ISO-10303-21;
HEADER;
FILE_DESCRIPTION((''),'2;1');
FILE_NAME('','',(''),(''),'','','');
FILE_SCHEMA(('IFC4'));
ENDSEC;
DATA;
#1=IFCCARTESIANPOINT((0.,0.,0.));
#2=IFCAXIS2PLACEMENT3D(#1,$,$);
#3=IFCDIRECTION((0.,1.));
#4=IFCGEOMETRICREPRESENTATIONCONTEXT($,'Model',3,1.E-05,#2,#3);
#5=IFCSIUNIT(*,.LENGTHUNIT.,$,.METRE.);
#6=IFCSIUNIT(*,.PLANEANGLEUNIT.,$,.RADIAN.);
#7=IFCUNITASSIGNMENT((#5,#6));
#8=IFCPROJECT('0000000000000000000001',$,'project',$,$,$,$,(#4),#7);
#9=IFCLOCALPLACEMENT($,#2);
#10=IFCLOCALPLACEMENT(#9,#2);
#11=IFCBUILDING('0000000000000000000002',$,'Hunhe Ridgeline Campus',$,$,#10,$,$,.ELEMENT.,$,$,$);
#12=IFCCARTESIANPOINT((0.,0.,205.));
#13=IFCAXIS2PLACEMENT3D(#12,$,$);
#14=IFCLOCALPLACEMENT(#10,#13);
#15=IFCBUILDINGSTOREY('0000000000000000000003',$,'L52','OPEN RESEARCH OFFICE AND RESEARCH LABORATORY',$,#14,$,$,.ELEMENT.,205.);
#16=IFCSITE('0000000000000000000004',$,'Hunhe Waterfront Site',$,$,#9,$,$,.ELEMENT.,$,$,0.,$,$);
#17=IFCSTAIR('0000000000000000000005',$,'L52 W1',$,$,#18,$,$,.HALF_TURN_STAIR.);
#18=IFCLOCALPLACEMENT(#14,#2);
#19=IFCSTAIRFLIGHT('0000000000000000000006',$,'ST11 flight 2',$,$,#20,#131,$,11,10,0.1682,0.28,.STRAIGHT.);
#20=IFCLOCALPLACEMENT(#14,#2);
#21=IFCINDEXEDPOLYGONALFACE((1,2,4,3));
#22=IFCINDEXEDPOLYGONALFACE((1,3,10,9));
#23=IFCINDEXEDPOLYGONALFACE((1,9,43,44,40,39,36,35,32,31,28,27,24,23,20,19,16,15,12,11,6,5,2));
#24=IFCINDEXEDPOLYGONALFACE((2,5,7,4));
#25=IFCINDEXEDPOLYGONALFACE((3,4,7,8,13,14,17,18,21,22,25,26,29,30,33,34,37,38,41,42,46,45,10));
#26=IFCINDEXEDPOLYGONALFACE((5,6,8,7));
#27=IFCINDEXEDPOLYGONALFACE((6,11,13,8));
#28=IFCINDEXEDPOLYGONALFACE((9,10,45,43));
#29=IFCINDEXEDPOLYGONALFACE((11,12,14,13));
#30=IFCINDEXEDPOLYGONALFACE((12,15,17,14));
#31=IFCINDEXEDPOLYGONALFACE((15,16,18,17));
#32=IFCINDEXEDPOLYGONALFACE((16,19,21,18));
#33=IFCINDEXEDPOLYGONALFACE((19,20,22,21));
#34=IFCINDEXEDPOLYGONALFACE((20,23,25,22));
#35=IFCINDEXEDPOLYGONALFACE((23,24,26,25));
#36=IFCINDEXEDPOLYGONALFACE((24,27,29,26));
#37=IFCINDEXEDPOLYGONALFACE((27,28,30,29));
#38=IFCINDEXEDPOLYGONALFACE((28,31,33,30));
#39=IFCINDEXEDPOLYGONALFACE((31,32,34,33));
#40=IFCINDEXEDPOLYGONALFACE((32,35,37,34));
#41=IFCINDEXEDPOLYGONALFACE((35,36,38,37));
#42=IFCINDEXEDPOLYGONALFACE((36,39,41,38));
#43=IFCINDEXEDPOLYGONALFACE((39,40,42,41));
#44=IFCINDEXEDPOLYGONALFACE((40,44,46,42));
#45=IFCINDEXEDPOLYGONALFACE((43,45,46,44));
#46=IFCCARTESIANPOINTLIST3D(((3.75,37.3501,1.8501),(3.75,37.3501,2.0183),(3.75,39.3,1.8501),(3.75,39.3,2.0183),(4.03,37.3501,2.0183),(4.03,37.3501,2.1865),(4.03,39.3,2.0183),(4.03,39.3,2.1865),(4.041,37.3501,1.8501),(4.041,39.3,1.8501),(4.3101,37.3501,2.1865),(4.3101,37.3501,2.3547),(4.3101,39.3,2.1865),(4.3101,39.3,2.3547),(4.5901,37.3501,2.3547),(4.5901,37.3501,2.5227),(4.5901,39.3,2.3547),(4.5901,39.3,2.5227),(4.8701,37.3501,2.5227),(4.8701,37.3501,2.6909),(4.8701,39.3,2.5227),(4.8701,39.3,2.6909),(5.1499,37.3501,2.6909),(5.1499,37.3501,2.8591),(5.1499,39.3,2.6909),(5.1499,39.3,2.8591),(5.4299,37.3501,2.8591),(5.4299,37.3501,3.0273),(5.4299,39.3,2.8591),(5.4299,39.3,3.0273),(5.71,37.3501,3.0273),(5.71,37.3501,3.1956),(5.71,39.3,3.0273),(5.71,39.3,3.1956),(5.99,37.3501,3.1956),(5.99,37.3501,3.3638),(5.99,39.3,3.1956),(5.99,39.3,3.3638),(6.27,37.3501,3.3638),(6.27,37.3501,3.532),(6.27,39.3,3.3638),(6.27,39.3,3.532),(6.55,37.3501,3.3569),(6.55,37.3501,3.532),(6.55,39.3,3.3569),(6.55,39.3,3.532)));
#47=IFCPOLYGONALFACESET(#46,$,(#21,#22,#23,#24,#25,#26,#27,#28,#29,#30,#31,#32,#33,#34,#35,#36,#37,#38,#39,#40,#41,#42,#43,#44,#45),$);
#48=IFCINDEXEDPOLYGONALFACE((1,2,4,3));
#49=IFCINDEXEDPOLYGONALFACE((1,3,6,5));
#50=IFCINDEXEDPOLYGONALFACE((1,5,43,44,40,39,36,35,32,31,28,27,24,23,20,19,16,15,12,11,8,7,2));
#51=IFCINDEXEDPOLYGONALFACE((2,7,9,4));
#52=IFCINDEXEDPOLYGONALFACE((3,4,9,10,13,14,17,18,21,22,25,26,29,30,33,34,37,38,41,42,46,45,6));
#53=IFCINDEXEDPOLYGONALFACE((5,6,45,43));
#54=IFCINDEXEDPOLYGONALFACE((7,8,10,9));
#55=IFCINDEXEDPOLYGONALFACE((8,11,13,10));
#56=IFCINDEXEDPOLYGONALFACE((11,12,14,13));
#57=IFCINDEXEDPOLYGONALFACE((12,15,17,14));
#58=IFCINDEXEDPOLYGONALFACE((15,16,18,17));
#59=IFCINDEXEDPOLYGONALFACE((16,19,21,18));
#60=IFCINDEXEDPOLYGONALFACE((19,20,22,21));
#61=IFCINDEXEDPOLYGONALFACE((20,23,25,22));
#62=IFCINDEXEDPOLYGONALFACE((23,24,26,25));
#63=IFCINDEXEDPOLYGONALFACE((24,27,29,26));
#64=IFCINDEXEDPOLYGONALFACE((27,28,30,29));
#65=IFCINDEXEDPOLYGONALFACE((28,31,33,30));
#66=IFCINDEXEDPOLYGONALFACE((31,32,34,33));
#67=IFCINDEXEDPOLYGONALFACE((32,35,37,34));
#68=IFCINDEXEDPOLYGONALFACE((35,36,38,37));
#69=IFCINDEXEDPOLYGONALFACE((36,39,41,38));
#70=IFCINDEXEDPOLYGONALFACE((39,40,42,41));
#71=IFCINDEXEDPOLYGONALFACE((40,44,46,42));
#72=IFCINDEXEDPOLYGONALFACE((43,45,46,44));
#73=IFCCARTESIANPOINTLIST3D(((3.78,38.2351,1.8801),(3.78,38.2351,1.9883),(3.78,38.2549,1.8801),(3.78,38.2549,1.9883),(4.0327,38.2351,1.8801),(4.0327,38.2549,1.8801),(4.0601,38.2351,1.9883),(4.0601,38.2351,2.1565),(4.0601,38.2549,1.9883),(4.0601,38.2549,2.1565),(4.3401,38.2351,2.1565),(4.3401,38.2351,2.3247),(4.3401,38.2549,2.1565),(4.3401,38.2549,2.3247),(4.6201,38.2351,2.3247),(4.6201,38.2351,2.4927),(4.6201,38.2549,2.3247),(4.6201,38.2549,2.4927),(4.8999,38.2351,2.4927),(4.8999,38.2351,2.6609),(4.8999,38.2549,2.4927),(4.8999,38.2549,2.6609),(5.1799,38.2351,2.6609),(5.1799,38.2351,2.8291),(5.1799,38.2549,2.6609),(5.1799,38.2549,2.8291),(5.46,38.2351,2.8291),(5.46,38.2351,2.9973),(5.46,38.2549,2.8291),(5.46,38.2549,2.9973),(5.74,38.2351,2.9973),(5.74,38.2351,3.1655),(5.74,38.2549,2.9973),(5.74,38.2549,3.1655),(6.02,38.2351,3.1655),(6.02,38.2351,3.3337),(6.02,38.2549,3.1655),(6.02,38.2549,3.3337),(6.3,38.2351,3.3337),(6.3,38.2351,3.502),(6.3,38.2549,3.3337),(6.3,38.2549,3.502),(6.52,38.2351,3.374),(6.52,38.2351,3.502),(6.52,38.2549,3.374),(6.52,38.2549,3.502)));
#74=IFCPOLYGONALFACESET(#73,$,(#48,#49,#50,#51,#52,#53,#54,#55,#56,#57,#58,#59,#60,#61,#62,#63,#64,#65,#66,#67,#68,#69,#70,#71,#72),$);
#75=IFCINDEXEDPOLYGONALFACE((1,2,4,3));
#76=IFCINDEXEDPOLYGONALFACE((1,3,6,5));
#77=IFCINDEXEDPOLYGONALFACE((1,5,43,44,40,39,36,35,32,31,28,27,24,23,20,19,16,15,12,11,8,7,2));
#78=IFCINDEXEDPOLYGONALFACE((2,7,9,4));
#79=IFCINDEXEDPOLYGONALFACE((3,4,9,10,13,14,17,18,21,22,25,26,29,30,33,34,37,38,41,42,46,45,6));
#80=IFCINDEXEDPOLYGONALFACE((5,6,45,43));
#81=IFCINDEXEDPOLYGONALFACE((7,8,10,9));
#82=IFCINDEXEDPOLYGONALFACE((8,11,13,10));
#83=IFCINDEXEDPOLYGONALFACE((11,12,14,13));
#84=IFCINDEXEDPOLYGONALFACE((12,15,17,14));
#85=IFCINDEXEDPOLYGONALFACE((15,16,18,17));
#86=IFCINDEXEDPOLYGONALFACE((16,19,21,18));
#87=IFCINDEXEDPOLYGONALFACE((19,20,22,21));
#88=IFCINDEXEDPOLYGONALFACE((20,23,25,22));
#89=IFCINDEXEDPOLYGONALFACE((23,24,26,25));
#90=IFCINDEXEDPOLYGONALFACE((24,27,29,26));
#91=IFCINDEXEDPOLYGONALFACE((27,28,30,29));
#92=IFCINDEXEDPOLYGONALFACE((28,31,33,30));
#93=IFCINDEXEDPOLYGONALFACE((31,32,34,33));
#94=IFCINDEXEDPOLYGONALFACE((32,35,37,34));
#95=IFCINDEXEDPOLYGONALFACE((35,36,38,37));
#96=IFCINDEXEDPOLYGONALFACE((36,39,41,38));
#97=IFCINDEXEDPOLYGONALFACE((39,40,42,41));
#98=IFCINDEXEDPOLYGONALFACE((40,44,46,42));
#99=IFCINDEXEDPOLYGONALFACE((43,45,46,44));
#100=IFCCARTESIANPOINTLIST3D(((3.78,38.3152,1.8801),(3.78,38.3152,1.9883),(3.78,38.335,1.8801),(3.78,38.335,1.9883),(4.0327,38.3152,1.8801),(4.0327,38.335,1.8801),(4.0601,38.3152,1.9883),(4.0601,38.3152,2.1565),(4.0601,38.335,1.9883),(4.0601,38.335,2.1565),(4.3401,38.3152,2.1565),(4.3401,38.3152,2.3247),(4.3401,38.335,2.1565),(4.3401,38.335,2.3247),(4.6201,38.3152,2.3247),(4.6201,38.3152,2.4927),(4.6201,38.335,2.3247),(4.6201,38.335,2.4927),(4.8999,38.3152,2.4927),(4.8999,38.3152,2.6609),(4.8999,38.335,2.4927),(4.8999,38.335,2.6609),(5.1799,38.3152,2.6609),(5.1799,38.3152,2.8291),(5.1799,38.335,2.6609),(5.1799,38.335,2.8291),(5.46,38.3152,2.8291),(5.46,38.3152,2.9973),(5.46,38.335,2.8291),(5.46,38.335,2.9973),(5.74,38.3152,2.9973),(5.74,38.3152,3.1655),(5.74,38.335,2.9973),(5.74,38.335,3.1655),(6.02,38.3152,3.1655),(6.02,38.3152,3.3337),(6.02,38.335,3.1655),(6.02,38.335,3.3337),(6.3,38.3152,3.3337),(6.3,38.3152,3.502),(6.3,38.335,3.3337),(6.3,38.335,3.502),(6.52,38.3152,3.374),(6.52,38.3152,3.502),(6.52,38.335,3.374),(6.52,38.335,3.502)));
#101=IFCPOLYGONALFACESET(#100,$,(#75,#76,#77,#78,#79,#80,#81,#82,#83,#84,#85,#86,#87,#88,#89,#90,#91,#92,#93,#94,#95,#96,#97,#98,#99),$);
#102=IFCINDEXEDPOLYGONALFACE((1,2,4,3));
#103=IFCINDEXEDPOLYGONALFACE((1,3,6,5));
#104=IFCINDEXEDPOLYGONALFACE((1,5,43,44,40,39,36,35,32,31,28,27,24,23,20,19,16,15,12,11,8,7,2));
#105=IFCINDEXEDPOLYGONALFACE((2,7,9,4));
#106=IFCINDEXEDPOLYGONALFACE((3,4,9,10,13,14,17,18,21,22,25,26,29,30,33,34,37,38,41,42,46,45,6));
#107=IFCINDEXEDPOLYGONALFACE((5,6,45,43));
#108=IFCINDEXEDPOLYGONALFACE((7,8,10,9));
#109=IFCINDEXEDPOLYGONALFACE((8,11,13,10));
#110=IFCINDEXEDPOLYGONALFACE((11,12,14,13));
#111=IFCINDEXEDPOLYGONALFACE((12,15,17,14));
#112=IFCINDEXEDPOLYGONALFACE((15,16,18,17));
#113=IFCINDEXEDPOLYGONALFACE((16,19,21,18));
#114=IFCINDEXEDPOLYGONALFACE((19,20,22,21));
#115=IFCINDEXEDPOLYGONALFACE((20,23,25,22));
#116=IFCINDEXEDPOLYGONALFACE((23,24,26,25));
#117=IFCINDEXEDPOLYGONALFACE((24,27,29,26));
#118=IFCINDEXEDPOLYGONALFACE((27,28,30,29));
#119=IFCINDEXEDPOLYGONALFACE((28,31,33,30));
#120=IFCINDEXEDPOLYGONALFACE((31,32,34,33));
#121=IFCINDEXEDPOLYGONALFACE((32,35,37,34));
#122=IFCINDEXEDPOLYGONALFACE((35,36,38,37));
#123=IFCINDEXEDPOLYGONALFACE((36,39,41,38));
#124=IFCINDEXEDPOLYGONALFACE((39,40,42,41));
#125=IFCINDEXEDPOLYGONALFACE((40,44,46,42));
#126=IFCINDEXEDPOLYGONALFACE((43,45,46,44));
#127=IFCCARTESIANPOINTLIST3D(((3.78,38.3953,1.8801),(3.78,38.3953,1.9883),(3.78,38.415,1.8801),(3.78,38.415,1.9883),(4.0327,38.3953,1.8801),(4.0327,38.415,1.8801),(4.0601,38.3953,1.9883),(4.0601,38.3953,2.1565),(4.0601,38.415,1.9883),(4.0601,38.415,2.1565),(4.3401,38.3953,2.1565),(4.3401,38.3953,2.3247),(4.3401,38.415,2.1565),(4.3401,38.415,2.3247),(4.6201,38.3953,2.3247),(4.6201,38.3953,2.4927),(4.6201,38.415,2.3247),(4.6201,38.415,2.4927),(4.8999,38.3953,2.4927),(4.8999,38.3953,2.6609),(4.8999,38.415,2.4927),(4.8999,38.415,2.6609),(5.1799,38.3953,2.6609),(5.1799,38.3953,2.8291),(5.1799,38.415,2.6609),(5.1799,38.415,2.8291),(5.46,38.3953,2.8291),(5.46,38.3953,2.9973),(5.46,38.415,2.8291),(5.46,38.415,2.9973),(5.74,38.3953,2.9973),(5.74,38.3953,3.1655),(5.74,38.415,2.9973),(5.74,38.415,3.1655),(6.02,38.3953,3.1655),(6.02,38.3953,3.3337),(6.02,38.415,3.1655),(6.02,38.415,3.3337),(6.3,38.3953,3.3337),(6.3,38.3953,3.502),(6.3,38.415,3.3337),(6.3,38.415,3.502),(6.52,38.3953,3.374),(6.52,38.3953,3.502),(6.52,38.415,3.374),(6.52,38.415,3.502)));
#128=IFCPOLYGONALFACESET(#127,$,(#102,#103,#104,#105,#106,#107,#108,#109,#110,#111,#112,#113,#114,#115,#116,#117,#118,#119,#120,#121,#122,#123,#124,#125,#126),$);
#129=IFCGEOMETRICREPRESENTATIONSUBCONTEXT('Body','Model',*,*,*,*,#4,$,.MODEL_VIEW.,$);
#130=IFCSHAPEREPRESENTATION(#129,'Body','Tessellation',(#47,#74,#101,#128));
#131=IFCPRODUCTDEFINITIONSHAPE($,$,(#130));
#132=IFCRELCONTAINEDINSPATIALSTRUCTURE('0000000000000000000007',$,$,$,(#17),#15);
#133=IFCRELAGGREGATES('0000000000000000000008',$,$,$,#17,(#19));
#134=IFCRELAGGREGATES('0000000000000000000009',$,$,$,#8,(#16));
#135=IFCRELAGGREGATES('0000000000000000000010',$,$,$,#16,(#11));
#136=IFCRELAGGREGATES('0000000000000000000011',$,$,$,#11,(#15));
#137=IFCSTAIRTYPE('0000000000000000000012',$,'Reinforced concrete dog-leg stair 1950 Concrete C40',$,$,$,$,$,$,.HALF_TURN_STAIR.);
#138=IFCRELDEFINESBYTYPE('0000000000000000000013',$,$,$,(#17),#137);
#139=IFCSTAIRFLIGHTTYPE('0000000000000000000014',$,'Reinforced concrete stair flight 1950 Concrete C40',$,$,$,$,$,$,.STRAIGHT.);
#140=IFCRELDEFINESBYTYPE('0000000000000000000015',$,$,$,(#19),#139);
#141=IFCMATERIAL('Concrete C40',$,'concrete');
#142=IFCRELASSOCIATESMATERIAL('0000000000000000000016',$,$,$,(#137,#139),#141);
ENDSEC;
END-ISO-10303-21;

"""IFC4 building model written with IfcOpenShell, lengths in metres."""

from ifc_helpers import new_model, si_unit, direction, frame, origin, place, context, subcontext, project, spatial, polyline, outline, extrude, material, type_object, element, aggregate, save


model = new_model("IFC4")

# Units and contexts
model_context = context("Model", 3, precision=1e-05, world=origin(), true_north=direction((0.0, 1.0)))
body_context = subcontext(model_context, "Body", "Model", "MODEL_VIEW")
ifc_project = project(units=[si_unit("LENGTHUNIT", "METRE"), si_unit("PLANEANGLEUNIT", "RADIAN")], contexts=[model_context])

# Site, building, storey
site_placement = place(None, origin())
site = spatial("IfcSite", under=ifc_project, at=site_placement, Name="Hunhe Waterfront Site", CompositionType="ELEMENT", RefElevation=0.0)
building_placement = place(site_placement, origin())
building = spatial("IfcBuilding", under=site, at=building_placement, Name="Hunhe Ridgeline Campus", CompositionType="ELEMENT")
storey_placement = place(building_placement, frame((0.0, 0.0, 205.0)))
storey = spatial("IfcBuildingStorey", under=building, at=storey_placement, Name="L52", Description="OPEN RESEARCH OFFICE AND RESEARCH LABORATORY", CompositionType="ELEMENT", Elevation=205.0)

# Stair, stair flight
ifc_material_1 = material(Name="Concrete C40", Category="concrete")
stair_type = type_object("IfcStairType", Name="Reinforced concrete dog-leg stair 1950 Concrete C40", PredefinedType="HALF_TURN_STAIR", material=ifc_material_1)
stair_placement = place(storey_placement, origin())
stair = element("IfcStair", 1, at=stair_placement, inside=storey, type_object=stair_type, Name="L52 W1", PredefinedType="HALF_TURN_STAIR")
stair_flight_type = type_object("IfcStairFlightType", Name="Reinforced concrete stair flight 1950 Concrete C40", PredefinedType="STRAIGHT", material=ifc_material_1)
stair_flight_placement = place(storey_placement, frame((3.75, 38.325, 1.8501), z_axis=(0.0, 0.0, 1.0), x_axis=(1.0, 0.0, 0.0)))
stair_flight = element("IfcStairFlight", 2, at=stair_flight_placement, type_object=stair_flight_type, Name="ST11 flight 2", NumberOfRisers=11, NumberOfTreads=10, PredefinedType="STRAIGHT", RiserHeight=0.1682, TreadLength=0.28, context=body_context, shape_type="SweptSolid", body=[
    extrude(outline(polyline([(0.0, 0.0), (0.0, 0.1682), (0.28, 0.1682), (0.28, 0.3364), (0.5601, 0.3364), (0.5601, 0.5046), (0.8401, 0.5046), (0.8401, 0.6726), (1.1201, 0.6726), (1.1201, 0.8408), (1.3999, 0.8408), (1.3999, 1.009), (1.6799, 1.009), (1.6799, 1.1772), (1.96, 1.1772), (1.96, 1.3455), (2.24, 1.3455), (2.24, 1.5137), (2.52, 1.5137), (2.52, 1.6819), (2.8, 1.6819), (2.8, 1.8501), (2.8, 1.5068), (0.291, 0.0), (0.0, 0.0)])), frame((0.0, 0.9751, 0.0), z_axis=(0.0, -1.0, 0.0), x_axis=(1.0, 0.0, 0.0)), (0.0, 0.0, 1.0), 1.95),
    extrude(outline(polyline([(0.03, 0.03), (0.03, 0.1382), (0.3101, 0.1382), (0.3101, 0.3064), (0.5901, 0.3064), (0.5901, 0.4746), (0.8701, 0.4746), (0.8701, 0.6426), (1.1499, 0.6426), (1.1499, 0.8108), (1.4299, 0.8108), (1.4299, 0.979), (1.71, 0.979), (1.71, 1.1472), (1.99, 1.1472), (1.99, 1.3154), (2.27, 1.3154), (2.27, 1.4836), (2.55, 1.4836), (2.55, 1.6519), (2.77, 1.6519), (2.77, 1.5239), (0.2827, 0.03), (0.03, 0.03)])), frame((0.0, -0.0701, 0.0), z_axis=(0.0, -1.0, 0.0), x_axis=(1.0, 0.0, 0.0)), (0.0, 0.0, 1.0), 0.0198),
    extrude(outline(polyline([(0.03, 0.03), (0.03, 0.1382), (0.3101, 0.1382), (0.3101, 0.3064), (0.5901, 0.3064), (0.5901, 0.4746), (0.8701, 0.4746), (0.8701, 0.6426), (1.1499, 0.6426), (1.1499, 0.8108), (1.4299, 0.8108), (1.4299, 0.979), (1.71, 0.979), (1.71, 1.1472), (1.99, 1.1472), (1.99, 1.3154), (2.27, 1.3154), (2.27, 1.4836), (2.55, 1.4836), (2.55, 1.6519), (2.77, 1.6519), (2.77, 1.5239), (0.2827, 0.03), (0.03, 0.03)])), frame((0.0, 0.01, 0.0), z_axis=(0.0, -1.0, 0.0), x_axis=(1.0, 0.0, 0.0)), (0.0, 0.0, 1.0), 0.0198),
    extrude(outline(polyline([(0.03, 0.03), (0.03, 0.1382), (0.3101, 0.1382), (0.3101, 0.3064), (0.5901, 0.3064), (0.5901, 0.4746), (0.8701, 0.4746), (0.8701, 0.6426), (1.1499, 0.6426), (1.1499, 0.8108), (1.4299, 0.8108), (1.4299, 0.979), (1.71, 0.979), (1.71, 1.1472), (1.99, 1.1472), (1.99, 1.3154), (2.27, 1.3154), (2.27, 1.4836), (2.55, 1.4836), (2.55, 1.6519), (2.77, 1.6519), (2.77, 1.5239), (0.2827, 0.03), (0.03, 0.03)])), frame((0.0, 0.0901, 0.0), z_axis=(0.0, -1.0, 0.0), x_axis=(1.0, 0.0, 0.0)), (0.0, 0.0, 1.0), 0.0198),
])
aggregate(stair, [stair_flight])

save(model, "model.ifc")
